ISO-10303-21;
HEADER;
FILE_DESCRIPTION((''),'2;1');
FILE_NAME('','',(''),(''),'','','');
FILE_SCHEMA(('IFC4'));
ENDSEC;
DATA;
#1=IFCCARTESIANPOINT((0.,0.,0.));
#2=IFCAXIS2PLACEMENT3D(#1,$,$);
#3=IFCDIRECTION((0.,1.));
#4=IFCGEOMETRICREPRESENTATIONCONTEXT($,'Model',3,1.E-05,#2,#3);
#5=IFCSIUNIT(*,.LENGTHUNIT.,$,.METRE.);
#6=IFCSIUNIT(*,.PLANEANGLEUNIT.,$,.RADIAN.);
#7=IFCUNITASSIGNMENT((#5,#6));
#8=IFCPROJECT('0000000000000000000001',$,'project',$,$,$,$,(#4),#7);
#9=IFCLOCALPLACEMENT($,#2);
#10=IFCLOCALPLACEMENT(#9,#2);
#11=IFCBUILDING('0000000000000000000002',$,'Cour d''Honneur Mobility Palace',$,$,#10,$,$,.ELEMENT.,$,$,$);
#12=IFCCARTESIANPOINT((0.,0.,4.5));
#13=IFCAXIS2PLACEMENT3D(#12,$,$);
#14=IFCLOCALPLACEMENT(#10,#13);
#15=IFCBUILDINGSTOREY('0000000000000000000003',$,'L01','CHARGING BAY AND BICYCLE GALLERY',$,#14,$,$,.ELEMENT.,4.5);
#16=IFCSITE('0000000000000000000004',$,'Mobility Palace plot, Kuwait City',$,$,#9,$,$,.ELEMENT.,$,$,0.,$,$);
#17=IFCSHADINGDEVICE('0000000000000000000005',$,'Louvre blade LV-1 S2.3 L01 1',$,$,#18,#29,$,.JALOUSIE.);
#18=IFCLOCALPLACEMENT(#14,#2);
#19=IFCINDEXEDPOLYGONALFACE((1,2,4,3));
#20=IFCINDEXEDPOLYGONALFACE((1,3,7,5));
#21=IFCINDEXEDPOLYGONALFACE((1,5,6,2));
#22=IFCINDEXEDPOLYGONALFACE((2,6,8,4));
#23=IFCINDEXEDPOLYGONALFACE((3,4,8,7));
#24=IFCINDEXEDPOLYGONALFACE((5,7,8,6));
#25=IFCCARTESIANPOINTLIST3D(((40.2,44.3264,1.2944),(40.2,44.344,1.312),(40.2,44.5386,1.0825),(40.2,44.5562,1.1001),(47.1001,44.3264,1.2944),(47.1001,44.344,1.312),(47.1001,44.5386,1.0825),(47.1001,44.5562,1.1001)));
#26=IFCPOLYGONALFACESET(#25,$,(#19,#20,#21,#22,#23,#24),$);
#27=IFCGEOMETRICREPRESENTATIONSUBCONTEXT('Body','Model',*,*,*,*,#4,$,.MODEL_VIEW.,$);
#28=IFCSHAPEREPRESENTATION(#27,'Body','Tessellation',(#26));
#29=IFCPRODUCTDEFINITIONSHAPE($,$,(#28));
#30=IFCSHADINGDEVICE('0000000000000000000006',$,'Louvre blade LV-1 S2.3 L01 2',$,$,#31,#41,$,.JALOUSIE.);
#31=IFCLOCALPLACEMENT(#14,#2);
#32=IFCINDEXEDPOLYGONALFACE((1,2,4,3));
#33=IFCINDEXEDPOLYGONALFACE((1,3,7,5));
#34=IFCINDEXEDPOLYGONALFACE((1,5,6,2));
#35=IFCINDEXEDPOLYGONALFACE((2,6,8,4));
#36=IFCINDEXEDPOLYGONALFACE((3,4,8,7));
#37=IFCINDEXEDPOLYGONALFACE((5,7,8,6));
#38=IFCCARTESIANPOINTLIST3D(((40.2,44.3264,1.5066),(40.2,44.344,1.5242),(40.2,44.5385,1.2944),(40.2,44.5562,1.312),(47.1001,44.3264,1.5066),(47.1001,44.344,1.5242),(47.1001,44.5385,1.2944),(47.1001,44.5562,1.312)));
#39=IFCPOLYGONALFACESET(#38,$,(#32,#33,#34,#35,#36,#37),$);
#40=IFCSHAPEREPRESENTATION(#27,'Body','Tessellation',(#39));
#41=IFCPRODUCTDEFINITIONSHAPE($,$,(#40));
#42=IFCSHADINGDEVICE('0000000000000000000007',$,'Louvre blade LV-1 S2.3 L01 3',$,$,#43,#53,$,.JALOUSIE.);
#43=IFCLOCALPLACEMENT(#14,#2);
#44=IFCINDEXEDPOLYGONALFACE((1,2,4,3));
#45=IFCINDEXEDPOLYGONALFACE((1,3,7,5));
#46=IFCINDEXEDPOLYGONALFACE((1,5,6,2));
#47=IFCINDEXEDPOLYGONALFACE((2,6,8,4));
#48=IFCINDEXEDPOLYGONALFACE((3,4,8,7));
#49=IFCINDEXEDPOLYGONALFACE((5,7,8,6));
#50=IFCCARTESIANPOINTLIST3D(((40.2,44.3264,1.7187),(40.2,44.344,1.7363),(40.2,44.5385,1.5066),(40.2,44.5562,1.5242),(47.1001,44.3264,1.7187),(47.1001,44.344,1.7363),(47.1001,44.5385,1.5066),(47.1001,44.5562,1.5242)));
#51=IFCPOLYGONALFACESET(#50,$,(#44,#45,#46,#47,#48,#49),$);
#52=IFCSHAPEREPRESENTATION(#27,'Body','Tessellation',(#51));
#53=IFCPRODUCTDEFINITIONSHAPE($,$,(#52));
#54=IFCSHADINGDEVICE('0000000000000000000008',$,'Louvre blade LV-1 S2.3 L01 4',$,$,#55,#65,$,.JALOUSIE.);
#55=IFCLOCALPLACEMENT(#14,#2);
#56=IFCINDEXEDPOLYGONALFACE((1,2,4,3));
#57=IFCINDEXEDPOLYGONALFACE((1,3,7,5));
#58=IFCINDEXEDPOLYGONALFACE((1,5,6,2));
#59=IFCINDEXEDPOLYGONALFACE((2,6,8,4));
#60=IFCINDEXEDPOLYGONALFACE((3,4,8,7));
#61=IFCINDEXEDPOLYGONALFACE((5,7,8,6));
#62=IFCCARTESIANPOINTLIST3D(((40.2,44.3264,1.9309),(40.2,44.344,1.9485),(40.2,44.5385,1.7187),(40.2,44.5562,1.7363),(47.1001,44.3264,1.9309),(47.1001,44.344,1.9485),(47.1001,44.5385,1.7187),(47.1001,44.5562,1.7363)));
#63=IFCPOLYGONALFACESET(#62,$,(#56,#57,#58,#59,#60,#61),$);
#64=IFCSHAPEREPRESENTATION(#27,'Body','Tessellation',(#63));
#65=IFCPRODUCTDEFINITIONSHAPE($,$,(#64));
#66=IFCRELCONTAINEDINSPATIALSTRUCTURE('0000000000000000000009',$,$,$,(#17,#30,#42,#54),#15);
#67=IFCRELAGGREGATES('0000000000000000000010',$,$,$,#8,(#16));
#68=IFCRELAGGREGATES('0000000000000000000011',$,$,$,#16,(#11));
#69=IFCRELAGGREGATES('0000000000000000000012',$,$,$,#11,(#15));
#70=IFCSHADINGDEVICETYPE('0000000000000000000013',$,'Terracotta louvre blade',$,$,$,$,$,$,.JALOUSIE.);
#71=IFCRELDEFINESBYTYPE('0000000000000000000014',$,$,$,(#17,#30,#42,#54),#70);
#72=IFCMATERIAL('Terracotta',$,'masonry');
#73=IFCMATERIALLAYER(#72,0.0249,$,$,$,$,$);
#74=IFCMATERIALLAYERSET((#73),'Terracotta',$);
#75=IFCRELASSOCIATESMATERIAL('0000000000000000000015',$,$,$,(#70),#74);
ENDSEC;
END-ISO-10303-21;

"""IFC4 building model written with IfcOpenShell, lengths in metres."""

from ifc_helpers import new_model, si_unit, direction, frame, origin, place, context, subcontext, project, spatial, polyline, outline, extrude, material, layer, layer_set, type_object, element, save


model = new_model("IFC4")

# Units and contexts
model_context = context("Model", 3, precision=1e-05, world=origin(), true_north=direction((0.0, 1.0)))
body_context = subcontext(model_context, "Body", "Model", "MODEL_VIEW")
ifc_project = project(units=[si_unit("LENGTHUNIT", "METRE"), si_unit("PLANEANGLEUNIT", "RADIAN")], contexts=[model_context])

# Site, building, storey
site_placement = place(None, origin())
site = spatial("IfcSite", under=ifc_project, at=site_placement, Name="Mobility Palace plot, Kuwait City", CompositionType="ELEMENT", RefElevation=0.0)
building_placement = place(site_placement, origin())
building = spatial("IfcBuilding", under=site, at=building_placement, Name="Cour d'Honneur Mobility Palace", CompositionType="ELEMENT")
storey_placement = place(building_placement, frame((0.0, 0.0, 4.5)))
storey = spatial("IfcBuildingStorey", under=building, at=storey_placement, Name="L01", Description="CHARGING BAY AND BICYCLE GALLERY", CompositionType="ELEMENT", Elevation=4.5)

# Shading devices
ifc_material_1 = material(Name="Terracotta", Category="masonry")
ifc_layer_1 = layer(ifc_material_1, 0.0249)
ifc_layer_set_1 = layer_set([ifc_layer_1], Name="Terracotta")
shading_device_type = type_object("IfcShadingDeviceType", Name="Terracotta louvre blade", PredefinedType="JALOUSIE", material=ifc_layer_set_1)
shading_device_1_placement = place(storey_placement, frame((40.2, 44.5562, 1.1001), z_axis=(0.0, 0.7067, 0.707514), x_axis=(1.0, 0.0, 0.0)))
element("IfcShadingDevice", 1, at=shading_device_1_placement, inside=storey, type_object=shading_device_type, Name="Louvre blade LV-1 S2.3 L01 1", PredefinedType="JALOUSIE", context=body_context, shape_type="SweptSolid", body=[
    extrude(outline(polyline([(0.0, 0.0), (6.9001, 0.0), (6.9001, -0.2999), (0.0, -0.2999), (0.0, 0.0)])), origin(), (0.0, 0.0, -1.0), 0.0249),
])
for number, where, z_axis, x_axis, name in (
    (2, (40.2, 44.5562, 1.312), (0.0, 0.707107, 0.707107), (1.0, 0.0, 0.0), "Louvre blade LV-1 S2.3 L01 2"),
    (3, (40.2, 44.5562, 1.5242), (0.0, 0.707107, 0.707107), (1.0, 0.0, 0.0), "Louvre blade LV-1 S2.3 L01 3"),
    (4, (40.2, 44.5562, 1.7363), (0.0, 0.707107, 0.707107), (1.0, 0.0, 0.0), "Louvre blade LV-1 S2.3 L01 4"),
):
    element("IfcShadingDevice", number, at=place(storey_placement, frame(where, z_axis=z_axis, x_axis=x_axis)), inside=storey, type_object=shading_device_type, Name=name, PredefinedType="JALOUSIE", context=body_context, shape_type="SweptSolid", body=[
        extrude(outline(polyline([(0.0, 0.0), (6.9001, 0.0), (6.9001, -0.3), (0.0, -0.3), (0.0, 0.0)])), origin(), (0.0, 0.0, -1.0), 0.0249),
    ])

save(model, "model.ifc")
